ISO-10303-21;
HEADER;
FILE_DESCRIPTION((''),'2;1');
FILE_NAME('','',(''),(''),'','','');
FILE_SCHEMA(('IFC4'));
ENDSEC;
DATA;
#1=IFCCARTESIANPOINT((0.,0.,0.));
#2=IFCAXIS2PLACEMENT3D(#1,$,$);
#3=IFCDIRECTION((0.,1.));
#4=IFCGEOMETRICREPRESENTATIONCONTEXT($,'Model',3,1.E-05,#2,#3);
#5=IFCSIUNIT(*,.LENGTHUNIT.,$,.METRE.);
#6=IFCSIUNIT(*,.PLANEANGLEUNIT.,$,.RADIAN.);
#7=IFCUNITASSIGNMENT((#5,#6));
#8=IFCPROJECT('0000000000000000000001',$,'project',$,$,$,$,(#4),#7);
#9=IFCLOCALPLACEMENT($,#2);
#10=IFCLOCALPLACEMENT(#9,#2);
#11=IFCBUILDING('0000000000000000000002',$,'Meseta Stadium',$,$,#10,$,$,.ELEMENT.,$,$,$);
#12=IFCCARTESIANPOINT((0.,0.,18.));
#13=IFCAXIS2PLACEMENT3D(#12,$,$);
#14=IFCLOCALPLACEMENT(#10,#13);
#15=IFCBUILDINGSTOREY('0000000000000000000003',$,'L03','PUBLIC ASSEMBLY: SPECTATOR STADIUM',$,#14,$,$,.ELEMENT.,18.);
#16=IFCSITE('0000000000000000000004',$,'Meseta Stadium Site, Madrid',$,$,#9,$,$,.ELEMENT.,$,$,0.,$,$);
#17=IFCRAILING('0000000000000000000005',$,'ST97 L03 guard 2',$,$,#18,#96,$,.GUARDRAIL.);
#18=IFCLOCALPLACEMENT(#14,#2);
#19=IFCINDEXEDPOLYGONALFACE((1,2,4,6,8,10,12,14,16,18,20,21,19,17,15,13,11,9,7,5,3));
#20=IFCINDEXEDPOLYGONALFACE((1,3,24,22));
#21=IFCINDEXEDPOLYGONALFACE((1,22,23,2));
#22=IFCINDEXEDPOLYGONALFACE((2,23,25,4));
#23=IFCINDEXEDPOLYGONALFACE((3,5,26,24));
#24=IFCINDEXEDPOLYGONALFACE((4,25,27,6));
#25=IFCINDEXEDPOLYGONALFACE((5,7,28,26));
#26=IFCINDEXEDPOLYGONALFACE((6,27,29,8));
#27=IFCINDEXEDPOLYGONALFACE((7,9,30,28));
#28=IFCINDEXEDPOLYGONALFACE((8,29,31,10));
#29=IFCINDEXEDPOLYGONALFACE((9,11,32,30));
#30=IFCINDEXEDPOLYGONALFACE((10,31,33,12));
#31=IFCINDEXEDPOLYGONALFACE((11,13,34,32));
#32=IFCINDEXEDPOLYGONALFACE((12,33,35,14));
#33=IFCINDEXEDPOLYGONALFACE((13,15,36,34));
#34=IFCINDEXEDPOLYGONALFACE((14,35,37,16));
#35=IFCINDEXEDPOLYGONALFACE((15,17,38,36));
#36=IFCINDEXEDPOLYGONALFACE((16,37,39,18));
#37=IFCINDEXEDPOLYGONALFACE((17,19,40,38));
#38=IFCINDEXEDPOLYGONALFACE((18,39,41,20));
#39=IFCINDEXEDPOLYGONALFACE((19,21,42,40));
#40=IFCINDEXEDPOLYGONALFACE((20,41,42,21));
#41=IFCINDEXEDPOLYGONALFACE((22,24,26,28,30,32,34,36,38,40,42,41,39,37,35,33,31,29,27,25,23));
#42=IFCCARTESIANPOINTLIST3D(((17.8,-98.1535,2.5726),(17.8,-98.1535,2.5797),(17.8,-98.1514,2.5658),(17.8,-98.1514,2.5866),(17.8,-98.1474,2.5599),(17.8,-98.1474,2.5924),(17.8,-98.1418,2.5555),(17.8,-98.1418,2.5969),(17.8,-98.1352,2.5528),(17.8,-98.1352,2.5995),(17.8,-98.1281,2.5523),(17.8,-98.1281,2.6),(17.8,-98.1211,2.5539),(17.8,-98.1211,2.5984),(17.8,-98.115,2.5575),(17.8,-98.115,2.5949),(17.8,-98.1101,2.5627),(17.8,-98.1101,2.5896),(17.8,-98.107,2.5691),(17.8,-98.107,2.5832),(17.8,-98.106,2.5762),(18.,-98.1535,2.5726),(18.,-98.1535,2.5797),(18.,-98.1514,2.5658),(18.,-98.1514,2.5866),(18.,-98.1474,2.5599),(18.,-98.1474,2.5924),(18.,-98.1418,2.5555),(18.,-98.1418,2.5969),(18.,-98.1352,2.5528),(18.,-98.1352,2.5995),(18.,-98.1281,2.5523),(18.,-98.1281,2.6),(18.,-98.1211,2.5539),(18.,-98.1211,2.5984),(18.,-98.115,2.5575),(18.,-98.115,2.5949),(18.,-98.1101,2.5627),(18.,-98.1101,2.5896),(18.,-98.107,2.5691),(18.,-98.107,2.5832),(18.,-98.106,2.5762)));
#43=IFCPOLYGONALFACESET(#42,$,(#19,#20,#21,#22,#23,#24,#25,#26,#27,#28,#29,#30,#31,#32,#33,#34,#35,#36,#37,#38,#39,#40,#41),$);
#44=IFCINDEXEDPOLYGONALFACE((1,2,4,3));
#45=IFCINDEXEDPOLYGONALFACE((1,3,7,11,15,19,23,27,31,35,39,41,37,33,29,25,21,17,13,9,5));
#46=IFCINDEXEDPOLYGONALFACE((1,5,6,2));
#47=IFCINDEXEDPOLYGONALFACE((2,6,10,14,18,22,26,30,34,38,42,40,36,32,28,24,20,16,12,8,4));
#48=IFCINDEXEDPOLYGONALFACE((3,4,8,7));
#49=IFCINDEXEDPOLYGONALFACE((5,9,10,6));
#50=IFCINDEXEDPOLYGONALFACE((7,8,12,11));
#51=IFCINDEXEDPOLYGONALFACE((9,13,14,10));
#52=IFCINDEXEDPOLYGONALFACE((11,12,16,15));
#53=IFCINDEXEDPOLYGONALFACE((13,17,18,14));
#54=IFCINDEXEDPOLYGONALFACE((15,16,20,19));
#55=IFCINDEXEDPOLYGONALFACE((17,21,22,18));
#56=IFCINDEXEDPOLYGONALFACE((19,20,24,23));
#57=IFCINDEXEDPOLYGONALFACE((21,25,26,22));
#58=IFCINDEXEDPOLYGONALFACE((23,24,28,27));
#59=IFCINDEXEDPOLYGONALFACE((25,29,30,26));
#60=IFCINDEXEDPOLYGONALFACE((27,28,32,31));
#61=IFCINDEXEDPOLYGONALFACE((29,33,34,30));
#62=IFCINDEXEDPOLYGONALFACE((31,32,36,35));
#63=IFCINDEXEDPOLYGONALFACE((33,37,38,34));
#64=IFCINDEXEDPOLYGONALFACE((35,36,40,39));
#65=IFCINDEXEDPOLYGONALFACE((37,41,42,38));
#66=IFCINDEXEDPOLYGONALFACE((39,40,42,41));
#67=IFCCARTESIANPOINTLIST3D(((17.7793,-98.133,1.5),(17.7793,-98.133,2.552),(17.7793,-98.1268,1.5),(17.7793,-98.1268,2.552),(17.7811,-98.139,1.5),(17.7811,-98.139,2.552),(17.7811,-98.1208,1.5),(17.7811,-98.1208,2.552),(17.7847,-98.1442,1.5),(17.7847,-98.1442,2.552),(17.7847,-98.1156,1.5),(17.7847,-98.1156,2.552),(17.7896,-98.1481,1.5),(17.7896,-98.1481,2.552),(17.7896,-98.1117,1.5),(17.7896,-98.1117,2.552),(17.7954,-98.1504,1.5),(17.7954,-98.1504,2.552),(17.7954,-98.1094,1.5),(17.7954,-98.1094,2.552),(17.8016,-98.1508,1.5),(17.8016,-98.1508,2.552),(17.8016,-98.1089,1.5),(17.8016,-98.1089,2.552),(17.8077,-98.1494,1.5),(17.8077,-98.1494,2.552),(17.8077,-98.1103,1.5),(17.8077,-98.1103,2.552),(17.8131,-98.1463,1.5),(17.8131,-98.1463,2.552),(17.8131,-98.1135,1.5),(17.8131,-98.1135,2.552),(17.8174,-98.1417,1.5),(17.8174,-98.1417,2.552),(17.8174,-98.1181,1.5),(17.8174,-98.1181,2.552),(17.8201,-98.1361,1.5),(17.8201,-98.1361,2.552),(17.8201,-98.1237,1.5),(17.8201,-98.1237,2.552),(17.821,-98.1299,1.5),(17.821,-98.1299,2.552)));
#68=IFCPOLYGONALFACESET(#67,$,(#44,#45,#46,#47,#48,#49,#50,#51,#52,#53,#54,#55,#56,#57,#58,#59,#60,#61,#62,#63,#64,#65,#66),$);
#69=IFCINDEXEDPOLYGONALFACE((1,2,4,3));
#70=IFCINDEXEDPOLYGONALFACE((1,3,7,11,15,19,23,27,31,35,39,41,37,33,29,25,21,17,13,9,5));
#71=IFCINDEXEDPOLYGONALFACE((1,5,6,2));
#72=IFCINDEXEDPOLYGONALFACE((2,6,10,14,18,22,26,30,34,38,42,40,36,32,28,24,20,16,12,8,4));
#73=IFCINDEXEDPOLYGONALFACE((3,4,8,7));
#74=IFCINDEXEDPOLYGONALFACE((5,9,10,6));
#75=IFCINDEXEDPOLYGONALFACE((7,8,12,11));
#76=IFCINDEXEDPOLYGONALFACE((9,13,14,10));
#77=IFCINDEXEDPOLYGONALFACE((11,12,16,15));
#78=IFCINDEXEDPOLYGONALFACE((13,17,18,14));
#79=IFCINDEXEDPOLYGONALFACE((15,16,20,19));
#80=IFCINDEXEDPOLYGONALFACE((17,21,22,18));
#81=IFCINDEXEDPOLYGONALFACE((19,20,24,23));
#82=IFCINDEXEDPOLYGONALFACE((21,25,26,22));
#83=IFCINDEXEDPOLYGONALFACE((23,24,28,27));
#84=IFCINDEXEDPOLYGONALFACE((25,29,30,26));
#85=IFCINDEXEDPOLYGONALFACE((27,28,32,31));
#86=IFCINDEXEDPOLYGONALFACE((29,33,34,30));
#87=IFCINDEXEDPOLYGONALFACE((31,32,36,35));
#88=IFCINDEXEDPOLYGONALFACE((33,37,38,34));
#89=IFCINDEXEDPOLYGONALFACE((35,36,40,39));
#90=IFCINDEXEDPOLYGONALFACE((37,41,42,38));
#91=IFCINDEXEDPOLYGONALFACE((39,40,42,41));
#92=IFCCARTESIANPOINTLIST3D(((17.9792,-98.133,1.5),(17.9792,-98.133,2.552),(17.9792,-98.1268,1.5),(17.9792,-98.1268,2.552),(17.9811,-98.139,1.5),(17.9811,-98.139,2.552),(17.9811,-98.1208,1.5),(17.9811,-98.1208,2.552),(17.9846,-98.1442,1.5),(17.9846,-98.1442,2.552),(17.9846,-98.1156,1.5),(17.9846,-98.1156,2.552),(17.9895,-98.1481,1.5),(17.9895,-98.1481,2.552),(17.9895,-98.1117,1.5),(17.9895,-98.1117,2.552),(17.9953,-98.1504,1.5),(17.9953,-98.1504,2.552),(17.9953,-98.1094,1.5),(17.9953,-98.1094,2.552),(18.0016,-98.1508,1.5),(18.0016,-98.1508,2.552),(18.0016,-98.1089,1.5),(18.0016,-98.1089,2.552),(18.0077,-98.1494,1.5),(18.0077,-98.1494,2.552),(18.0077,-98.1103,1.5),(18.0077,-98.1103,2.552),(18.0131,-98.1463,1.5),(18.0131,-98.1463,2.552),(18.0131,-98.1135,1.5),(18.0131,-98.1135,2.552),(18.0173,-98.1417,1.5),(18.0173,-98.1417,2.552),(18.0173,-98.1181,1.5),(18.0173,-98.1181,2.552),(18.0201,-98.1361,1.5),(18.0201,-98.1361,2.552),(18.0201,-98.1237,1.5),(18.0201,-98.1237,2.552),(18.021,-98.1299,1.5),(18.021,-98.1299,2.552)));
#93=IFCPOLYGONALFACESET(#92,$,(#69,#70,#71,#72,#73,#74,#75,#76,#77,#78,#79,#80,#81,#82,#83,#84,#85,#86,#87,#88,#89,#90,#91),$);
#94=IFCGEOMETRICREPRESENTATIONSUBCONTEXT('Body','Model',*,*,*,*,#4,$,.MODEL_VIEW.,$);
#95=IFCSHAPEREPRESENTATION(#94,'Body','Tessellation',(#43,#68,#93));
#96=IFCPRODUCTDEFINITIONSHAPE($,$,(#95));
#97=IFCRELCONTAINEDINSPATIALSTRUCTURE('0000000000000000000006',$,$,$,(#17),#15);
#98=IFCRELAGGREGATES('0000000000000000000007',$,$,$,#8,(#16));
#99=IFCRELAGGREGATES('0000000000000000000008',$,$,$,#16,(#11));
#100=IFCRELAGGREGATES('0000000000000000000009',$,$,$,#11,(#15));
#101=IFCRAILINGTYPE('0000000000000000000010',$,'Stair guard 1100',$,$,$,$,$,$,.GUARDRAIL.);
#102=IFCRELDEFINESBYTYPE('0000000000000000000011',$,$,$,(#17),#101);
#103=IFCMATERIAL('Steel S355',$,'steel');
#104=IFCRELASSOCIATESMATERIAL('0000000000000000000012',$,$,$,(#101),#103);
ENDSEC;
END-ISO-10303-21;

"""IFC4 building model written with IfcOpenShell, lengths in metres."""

from ifc_helpers import new_model, si_unit, direction, frame, origin, origin_2d, place, context, subcontext, project, spatial, circle, extrude, material, type_object, element, save


model = new_model("IFC4")

# Units and contexts
model_context = context("Model", 3, precision=1e-05, world=origin(), true_north=direction((0.0, 1.0)))
body_context = subcontext(model_context, "Body", "Model", "MODEL_VIEW")
ifc_project = project(units=[si_unit("LENGTHUNIT", "METRE"), si_unit("PLANEANGLEUNIT", "RADIAN")], contexts=[model_context])

# Site, building, storey
site_placement = place(None, origin())
site = spatial("IfcSite", under=ifc_project, at=site_placement, Name="Meseta Stadium Site, Madrid", CompositionType="ELEMENT", RefElevation=0.0)
building_placement = place(site_placement, origin())
building = spatial("IfcBuilding", under=site, at=building_placement, Name="Meseta Stadium", CompositionType="ELEMENT")
storey_placement = place(building_placement, frame((0.0, 0.0, 18.0)))
storey = spatial("IfcBuildingStorey", under=building, at=storey_placement, Name="L03", Description="PUBLIC ASSEMBLY: SPECTATOR STADIUM", CompositionType="ELEMENT", Elevation=18.0)

# Railing
ifc_material_1 = material(Name="Steel S355", Category="steel")
railing_type_1 = type_object("IfcRailingType", Name="Stair guard 1100", PredefinedType="GUARDRAIL", material=ifc_material_1)
railing_1_placement = place(storey_placement, frame((17.8, -98.1299, 1.5)))
element("IfcRailing", 1, at=railing_1_placement, inside=storey, type_object=railing_type_1, Name="ST97 L03 guard 2", PredefinedType="GUARDRAIL", context=body_context, shape_type="SweptSolid", body=[
    extrude(circle(Radius=0.0239, at=origin_2d()), frame((0.0, 0.0, 1.0762), z_axis=(1.0, 0.0, 0.0), x_axis=(0.0, 1.0, 0.0)), (0.0, 0.0, 1.0), 0.2),
    extrude(circle(Radius=0.021, at=origin_2d()), origin(), (0.0, 0.0, 1.0), 1.052),
    extrude(circle(Radius=0.021, at=origin_2d()), frame((0.2, 0.0, 0.0)), (0.0, 0.0, 1.0), 1.052),
])

save(model, "model.ifc")
